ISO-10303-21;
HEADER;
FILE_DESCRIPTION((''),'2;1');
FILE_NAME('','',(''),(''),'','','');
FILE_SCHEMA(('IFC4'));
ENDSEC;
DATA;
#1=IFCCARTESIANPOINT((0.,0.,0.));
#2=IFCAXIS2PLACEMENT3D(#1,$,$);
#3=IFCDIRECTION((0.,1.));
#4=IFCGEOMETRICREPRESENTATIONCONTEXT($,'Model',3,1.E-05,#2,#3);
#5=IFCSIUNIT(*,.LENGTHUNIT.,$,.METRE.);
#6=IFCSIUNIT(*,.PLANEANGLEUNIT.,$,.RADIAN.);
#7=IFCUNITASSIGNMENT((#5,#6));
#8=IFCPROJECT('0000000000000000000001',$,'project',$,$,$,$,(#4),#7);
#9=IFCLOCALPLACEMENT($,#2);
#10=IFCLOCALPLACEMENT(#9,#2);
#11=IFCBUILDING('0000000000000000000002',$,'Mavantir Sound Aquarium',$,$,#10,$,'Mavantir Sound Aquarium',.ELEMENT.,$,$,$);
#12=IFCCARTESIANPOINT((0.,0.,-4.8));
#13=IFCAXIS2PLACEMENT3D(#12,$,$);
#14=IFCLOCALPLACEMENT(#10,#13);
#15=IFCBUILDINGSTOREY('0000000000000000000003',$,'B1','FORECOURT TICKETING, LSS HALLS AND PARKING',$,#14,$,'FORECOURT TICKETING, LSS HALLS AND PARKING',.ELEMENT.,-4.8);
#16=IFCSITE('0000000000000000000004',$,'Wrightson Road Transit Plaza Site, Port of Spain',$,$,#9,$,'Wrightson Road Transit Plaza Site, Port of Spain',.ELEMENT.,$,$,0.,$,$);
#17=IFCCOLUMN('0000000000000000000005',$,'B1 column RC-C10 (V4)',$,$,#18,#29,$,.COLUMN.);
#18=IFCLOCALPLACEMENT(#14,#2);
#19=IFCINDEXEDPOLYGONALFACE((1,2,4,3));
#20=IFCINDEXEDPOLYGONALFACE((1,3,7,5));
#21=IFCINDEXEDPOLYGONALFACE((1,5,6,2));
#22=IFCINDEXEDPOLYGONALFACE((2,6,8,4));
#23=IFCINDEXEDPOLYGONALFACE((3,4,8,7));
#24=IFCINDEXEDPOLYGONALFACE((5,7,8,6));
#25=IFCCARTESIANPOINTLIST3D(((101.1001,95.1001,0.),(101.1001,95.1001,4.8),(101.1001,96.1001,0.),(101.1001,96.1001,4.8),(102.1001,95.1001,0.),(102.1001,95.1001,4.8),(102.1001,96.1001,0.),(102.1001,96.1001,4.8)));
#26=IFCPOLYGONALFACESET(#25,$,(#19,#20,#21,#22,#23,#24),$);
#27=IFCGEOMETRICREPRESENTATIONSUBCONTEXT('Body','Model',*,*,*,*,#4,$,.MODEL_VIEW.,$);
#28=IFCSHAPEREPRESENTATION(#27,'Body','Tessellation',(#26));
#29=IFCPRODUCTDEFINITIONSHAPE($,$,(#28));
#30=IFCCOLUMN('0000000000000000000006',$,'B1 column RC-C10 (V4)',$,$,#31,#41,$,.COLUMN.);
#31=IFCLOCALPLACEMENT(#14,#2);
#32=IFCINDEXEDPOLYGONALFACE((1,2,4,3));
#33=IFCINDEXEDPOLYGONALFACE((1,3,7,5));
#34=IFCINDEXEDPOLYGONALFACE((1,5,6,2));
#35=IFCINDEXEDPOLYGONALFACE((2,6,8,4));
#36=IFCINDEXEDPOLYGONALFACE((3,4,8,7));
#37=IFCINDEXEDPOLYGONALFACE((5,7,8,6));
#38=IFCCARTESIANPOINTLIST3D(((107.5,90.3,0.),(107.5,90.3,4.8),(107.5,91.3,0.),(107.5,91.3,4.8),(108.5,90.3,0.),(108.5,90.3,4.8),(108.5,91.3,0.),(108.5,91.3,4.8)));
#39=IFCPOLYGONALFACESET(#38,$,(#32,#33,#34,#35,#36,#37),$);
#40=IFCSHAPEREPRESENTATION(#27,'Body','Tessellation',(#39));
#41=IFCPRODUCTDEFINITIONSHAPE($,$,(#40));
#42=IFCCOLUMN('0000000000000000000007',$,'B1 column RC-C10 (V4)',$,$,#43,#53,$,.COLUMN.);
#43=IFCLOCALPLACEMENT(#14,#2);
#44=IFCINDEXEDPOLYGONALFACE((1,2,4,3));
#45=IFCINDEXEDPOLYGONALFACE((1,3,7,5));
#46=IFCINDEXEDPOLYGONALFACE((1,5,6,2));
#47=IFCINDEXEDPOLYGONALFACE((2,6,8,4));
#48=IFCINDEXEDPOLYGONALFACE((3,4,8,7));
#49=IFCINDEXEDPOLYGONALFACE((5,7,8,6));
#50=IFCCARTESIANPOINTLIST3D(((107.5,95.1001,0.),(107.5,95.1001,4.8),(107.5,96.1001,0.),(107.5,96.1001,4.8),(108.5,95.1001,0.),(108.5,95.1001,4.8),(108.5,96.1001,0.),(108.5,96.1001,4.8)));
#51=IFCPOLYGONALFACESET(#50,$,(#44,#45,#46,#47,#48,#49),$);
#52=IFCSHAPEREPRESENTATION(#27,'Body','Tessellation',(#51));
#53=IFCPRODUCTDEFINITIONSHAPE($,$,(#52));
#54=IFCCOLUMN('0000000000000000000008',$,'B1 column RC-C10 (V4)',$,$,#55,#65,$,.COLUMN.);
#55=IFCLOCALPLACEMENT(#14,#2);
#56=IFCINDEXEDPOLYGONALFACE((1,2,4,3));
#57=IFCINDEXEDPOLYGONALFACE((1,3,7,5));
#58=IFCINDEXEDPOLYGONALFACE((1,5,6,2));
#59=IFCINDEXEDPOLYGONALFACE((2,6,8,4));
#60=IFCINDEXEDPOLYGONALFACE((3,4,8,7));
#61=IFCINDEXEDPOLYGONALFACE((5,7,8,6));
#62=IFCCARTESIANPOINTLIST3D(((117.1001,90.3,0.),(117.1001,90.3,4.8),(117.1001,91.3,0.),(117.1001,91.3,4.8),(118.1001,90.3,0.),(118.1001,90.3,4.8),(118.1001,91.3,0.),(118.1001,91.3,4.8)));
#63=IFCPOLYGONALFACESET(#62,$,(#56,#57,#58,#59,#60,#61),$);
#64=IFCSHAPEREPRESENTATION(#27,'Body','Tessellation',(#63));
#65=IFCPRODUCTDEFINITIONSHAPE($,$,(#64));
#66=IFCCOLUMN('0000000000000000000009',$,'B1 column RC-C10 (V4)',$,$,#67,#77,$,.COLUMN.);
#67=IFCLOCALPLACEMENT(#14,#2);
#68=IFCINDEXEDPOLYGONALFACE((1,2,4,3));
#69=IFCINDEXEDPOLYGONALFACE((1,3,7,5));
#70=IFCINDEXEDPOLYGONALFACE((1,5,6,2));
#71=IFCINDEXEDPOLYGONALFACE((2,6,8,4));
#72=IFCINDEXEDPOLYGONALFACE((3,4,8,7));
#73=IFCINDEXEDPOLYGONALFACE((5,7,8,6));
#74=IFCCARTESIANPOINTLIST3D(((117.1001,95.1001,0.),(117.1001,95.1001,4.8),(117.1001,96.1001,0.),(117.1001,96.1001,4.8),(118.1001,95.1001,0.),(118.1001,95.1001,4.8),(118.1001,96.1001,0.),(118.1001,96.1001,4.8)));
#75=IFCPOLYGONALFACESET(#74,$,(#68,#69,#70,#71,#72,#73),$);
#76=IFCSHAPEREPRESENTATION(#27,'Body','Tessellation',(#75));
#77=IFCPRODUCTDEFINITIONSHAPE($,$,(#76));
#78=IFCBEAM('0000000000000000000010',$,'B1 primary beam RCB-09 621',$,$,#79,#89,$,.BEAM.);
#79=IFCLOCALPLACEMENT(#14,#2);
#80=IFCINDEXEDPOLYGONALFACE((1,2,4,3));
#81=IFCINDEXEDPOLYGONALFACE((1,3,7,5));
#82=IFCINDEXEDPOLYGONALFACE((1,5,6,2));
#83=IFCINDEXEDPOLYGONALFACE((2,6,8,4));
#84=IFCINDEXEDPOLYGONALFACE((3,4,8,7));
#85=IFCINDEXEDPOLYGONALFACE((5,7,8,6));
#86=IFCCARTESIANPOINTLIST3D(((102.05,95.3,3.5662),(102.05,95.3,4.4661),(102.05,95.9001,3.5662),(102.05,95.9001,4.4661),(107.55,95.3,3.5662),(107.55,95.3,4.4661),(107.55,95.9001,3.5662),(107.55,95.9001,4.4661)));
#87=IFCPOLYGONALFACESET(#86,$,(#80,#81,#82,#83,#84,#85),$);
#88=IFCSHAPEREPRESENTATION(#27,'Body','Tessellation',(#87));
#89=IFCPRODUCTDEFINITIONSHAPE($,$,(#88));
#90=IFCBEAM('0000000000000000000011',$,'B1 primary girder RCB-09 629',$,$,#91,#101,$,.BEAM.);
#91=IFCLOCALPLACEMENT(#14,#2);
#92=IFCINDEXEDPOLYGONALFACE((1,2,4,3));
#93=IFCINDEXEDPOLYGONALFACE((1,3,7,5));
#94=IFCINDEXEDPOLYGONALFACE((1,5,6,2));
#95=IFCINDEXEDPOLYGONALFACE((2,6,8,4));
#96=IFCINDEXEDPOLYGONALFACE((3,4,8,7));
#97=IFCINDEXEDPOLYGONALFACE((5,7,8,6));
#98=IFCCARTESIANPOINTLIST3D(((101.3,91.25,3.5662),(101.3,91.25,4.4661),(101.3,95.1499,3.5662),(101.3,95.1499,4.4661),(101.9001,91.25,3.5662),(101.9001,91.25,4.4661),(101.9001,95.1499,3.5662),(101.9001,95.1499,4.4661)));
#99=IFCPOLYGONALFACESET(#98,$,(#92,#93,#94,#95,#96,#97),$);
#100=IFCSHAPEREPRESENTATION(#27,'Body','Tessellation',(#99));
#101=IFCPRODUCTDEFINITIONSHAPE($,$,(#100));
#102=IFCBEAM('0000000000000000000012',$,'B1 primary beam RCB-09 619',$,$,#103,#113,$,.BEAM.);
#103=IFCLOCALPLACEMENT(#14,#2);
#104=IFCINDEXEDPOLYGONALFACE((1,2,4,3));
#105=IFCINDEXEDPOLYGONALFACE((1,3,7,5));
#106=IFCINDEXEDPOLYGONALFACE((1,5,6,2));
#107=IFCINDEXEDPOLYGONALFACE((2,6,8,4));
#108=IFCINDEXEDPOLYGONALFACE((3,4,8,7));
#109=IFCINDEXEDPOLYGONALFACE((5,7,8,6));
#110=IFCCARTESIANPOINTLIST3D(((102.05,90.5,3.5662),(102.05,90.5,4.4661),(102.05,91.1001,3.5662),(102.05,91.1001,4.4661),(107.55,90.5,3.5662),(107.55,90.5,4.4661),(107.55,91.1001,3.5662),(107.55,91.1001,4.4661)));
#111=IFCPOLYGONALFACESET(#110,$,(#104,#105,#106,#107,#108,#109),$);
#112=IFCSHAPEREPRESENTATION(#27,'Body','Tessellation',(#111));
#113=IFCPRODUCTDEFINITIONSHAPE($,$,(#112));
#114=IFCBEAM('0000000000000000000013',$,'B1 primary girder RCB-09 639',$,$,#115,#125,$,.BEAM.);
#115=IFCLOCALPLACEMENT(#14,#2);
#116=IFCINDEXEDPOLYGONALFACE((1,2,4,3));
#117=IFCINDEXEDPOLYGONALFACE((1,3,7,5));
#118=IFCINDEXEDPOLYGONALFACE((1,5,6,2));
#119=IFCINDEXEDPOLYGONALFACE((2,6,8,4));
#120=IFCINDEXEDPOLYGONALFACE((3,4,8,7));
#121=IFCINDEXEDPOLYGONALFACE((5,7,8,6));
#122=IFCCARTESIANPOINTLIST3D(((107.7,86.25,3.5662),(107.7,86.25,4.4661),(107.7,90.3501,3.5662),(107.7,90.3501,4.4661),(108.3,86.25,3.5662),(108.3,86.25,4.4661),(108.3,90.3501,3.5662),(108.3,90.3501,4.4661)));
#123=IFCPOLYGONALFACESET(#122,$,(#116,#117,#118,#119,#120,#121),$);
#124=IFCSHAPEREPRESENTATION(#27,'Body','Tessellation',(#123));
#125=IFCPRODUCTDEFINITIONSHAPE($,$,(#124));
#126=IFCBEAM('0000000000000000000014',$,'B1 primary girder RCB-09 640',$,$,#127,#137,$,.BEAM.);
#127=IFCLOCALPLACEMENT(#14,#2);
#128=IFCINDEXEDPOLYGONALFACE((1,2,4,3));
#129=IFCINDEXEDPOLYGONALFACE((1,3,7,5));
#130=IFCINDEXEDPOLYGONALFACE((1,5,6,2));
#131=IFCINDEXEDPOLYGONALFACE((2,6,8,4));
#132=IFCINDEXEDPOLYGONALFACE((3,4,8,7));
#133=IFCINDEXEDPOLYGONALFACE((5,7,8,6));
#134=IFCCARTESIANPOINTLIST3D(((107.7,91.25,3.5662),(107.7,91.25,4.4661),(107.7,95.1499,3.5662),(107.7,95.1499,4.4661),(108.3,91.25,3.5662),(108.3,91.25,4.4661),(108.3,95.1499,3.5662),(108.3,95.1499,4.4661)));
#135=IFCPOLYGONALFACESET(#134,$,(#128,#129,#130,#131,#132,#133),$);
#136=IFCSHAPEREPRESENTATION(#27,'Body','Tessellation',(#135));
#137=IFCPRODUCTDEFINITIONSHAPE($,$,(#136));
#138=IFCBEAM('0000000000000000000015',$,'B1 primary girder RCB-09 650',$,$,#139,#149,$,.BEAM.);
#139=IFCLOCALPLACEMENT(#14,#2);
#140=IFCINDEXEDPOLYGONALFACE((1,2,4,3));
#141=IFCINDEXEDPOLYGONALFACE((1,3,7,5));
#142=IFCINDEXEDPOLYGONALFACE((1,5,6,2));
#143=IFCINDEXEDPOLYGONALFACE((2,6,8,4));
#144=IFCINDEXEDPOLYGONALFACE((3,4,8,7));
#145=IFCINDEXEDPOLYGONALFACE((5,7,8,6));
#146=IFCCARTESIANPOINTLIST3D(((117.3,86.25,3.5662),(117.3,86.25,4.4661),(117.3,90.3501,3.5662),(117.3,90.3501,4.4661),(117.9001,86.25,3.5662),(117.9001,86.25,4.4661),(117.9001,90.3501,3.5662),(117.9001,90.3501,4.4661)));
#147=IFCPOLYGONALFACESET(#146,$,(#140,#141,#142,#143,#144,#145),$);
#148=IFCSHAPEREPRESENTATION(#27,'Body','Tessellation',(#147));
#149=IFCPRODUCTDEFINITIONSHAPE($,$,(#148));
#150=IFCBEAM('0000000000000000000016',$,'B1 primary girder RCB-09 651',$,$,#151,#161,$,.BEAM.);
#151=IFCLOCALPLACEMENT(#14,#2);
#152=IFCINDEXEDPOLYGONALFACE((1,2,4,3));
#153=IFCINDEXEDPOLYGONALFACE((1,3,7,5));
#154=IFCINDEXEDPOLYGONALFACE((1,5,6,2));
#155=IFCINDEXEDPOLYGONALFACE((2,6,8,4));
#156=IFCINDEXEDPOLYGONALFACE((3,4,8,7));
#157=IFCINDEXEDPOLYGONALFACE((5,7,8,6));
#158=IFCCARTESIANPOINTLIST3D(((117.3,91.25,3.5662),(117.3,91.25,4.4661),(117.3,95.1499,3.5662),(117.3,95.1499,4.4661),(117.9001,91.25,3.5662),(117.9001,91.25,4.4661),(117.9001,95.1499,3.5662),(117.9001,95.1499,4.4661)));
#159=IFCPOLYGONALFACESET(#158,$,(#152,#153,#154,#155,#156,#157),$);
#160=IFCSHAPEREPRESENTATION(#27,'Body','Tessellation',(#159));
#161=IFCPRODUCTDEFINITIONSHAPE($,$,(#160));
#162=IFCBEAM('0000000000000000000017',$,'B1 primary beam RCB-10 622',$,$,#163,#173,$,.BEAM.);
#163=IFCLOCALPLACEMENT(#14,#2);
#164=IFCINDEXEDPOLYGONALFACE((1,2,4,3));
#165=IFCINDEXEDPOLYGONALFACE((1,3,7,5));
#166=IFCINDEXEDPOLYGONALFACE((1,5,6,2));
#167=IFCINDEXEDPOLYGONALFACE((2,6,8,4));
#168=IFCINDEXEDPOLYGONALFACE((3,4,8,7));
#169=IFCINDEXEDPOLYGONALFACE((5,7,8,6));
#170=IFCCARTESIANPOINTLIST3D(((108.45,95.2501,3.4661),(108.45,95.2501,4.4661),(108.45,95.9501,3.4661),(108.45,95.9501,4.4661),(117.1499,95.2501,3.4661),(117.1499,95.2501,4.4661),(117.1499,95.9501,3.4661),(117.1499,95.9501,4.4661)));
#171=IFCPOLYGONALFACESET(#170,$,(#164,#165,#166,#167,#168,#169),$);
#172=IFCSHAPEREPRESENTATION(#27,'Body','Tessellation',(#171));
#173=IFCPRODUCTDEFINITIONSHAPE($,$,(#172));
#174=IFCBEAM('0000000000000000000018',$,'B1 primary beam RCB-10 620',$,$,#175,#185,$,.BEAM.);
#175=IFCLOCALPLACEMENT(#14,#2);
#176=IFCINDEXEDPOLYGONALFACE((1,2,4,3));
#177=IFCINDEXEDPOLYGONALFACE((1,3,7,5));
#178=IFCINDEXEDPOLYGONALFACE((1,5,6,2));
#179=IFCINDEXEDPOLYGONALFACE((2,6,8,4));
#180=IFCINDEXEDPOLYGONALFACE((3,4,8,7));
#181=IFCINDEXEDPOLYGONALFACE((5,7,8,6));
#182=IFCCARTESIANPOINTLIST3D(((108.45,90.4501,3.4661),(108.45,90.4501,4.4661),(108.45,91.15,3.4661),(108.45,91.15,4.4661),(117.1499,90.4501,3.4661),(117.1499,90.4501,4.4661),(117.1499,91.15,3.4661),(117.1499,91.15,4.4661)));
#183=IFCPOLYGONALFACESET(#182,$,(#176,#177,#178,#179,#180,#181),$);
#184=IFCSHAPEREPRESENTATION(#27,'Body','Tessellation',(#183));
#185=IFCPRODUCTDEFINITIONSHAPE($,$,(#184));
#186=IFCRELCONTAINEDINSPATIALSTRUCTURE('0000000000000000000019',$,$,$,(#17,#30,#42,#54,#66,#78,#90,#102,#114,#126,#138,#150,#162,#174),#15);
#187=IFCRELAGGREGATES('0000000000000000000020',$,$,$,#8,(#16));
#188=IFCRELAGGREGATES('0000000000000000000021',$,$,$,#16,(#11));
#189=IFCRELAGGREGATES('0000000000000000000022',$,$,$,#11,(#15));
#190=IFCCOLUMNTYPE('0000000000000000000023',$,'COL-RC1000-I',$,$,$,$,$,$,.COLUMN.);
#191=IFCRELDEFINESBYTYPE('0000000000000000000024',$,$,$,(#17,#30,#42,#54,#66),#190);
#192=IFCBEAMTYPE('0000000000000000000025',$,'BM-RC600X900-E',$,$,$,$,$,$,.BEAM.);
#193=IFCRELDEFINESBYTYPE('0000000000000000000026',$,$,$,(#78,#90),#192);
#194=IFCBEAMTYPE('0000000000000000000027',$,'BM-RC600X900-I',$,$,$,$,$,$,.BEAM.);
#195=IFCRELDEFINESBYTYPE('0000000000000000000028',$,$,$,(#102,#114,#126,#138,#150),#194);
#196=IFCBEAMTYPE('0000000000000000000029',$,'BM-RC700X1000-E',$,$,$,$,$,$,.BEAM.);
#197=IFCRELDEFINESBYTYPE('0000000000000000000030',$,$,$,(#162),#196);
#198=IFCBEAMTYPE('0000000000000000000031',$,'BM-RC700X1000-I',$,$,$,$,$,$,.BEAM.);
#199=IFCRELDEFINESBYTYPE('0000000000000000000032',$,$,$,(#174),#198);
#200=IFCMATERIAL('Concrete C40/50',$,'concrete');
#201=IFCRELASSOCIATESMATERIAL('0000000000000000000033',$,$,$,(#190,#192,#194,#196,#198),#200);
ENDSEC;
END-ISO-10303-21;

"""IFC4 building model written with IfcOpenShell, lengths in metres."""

from ifc_helpers import new_model, si_unit, direction, frame, origin, origin_2d, place, context, subcontext, project, spatial, rectangle, extrude, material, material_profile, profile_set, type_object, element, save


model = new_model("IFC4")

# Units and contexts
model_context = context("Model", 3, precision=1e-05, world=origin(), true_north=direction((0.0, 1.0)))
body_context = subcontext(model_context, "Body", "Model", "MODEL_VIEW")
ifc_project = project(units=[si_unit("LENGTHUNIT", "METRE"), si_unit("PLANEANGLEUNIT", "RADIAN")], contexts=[model_context])

# Site, building, storey
site_placement = place(None, origin())
site = spatial("IfcSite", under=ifc_project, at=site_placement, Name="Wrightson Road Transit Plaza Site, Port of Spain", LongName="Wrightson Road Transit Plaza Site, Port of Spain", CompositionType="ELEMENT", RefElevation=0.0)
building_placement = place(site_placement, origin())
building = spatial("IfcBuilding", under=site, at=building_placement, Name="Mavantir Sound Aquarium", LongName="Mavantir Sound Aquarium", CompositionType="ELEMENT")
storey_placement = place(building_placement, frame((0.0, 0.0, -4.8)))
storey = spatial("IfcBuildingStorey", under=building, at=storey_placement, Name="B1", Description="FORECOURT TICKETING, LSS HALLS AND PARKING", LongName="FORECOURT TICKETING, LSS HALLS AND PARKING", CompositionType="ELEMENT", Elevation=-4.8)

# Columns
ifc_material_1 = material(Name="Concrete C40/50", Category="concrete")
ifc_material_profile_1 = material_profile(ifc_material_1, rectangle(XDim=1.0, YDim=1.0, at=origin_2d()), Name="RC 1000X1000")
ifc_profile_set_1 = profile_set([ifc_material_profile_1], Name="Concrete C40/50")
column_type = type_object("IfcColumnType", Name="COL-RC1000-I", PredefinedType="COLUMN", material=ifc_profile_set_1)
for number, where, z_axis, x_axis, name in (
    (1, (101.6001, 95.6001, 0.0), (0.0, 0.0, 1.0), (1.0, 0.0, 0.0), "B1 column RC-C10 (V4)"),
    (2, (108.0, 90.8, 0.0), (0.0, 0.0, 1.0), (1.0, 0.0, 0.0), "B1 column RC-C10 (V4)"),
    (3, (108.0, 95.6001, 0.0), (0.0, 0.0, 1.0), (1.0, 0.0, 0.0), "B1 column RC-C10 (V4)"),
    (4, (117.6001, 90.8, 0.0), (0.0, 0.0, 1.0), (1.0, 0.0, 0.0), "B1 column RC-C10 (V4)"),
    (5, (117.6001, 95.6001, 0.0), (0.0, 0.0, 1.0), (1.0, 0.0, 0.0), "B1 column RC-C10 (V4)"),
):
    element("IfcColumn", number, at=place(storey_placement, frame(where, z_axis=z_axis, x_axis=x_axis)), inside=storey, type_object=column_type, Name=name, PredefinedType="COLUMN", context=body_context, shape_type="SweptSolid", body=[
        extrude(rectangle(XDim=1.0, YDim=1.0, at=origin_2d()), origin(), (0.0, 0.0, 1.0), 4.8),
    ])

# Beams
ifc_material_profile_2 = material_profile(ifc_material_1, rectangle(XDim=0.6001, YDim=0.8999, at=origin_2d()), Name="RC 600X900")
ifc_profile_set_2 = profile_set([ifc_material_profile_2], Name="Concrete C40/50")
beam_type_1 = type_object("IfcBeamType", Name="BM-RC600X900-E", PredefinedType="BEAM", material=ifc_profile_set_2)
beam_1_placement = place(storey_placement, frame((102.05, 95.6001, 4.0161), z_axis=(1.0, 0.0, 0.0), x_axis=(0.0, 1.0, 0.0)))
element("IfcBeam", 6, at=beam_1_placement, inside=storey, type_object=beam_type_1, Name="B1 primary beam RCB-09 621", PredefinedType="BEAM", context=body_context, shape_type="SweptSolid", body=[
    extrude(rectangle(XDim=0.6001, YDim=0.8999, at=origin_2d()), origin(), (0.0, 0.0, 1.0), 5.5),
])
beam_2_placement = place(storey_placement, frame((101.6001, 91.25, 4.0161), z_axis=(0.0, 1.0, 0.0), x_axis=(-1.0, 0.0, 0.0)))
element("IfcBeam", 7, at=beam_2_placement, inside=storey, type_object=beam_type_1, Name="B1 primary girder RCB-09 629", PredefinedType="BEAM", context=body_context, shape_type="SweptSolid", body=[
    extrude(rectangle(XDim=0.6001, YDim=0.8999, at=origin_2d()), origin(), (0.0, 0.0, 1.0), 3.8999),
])
ifc_material_profile_3 = material_profile(ifc_material_1, rectangle(XDim=0.6001, YDim=0.8999, at=origin_2d()), Name="RC 600X900")
ifc_profile_set_3 = profile_set([ifc_material_profile_3], Name="Concrete C40/50")
beam_type_2 = type_object("IfcBeamType", Name="BM-RC600X900-I", PredefinedType="BEAM", material=ifc_profile_set_3)
beam_3_placement = place(storey_placement, frame((102.05, 90.8, 4.0161), z_axis=(1.0, 0.0, 0.0), x_axis=(0.0, 1.0, 0.0)))
element("IfcBeam", 8, at=beam_3_placement, inside=storey, type_object=beam_type_2, Name="B1 primary beam RCB-09 619", PredefinedType="BEAM", context=body_context, shape_type="SweptSolid", body=[
    extrude(rectangle(XDim=0.6001, YDim=0.8999, at=origin_2d()), origin(), (0.0, 0.0, 1.0), 5.5),
])
beam_4_placement = place(storey_placement, frame((108.0, 86.25, 4.0161), z_axis=(0.0, 1.0, 0.0), x_axis=(-1.0, 0.0, 0.0)))
element("IfcBeam", 9, at=beam_4_placement, inside=storey, type_object=beam_type_2, Name="B1 primary girder RCB-09 639", PredefinedType="BEAM", context=body_context, shape_type="SweptSolid", body=[
    extrude(rectangle(XDim=0.6001, YDim=0.8999, at=origin_2d()), origin(), (0.0, 0.0, 1.0), 4.1001),
])
beam_5_placement = place(storey_placement, frame((108.0, 91.25, 4.0161), z_axis=(0.0, 1.0, 0.0), x_axis=(-1.0, 0.0, 0.0)))
element("IfcBeam", 10, at=beam_5_placement, inside=storey, type_object=beam_type_2, Name="B1 primary girder RCB-09 640", PredefinedType="BEAM", context=body_context, shape_type="SweptSolid", body=[
    extrude(rectangle(XDim=0.6001, YDim=0.8999, at=origin_2d()), origin(), (0.0, 0.0, 1.0), 3.8999),
])
beam_6_placement = place(storey_placement, frame((117.6001, 86.25, 4.0161), z_axis=(0.0, 1.0, 0.0), x_axis=(-1.0, 0.0, 0.0)))
element("IfcBeam", 11, at=beam_6_placement, inside=storey, type_object=beam_type_2, Name="B1 primary girder RCB-09 650", PredefinedType="BEAM", context=body_context, shape_type="SweptSolid", body=[
    extrude(rectangle(XDim=0.6001, YDim=0.8999, at=origin_2d()), origin(), (0.0, 0.0, 1.0), 4.1001),
])
beam_7_placement = place(storey_placement, frame((117.6001, 91.25, 4.0161), z_axis=(0.0, 1.0, 0.0), x_axis=(-1.0, 0.0, 0.0)))
element("IfcBeam", 12, at=beam_7_placement, inside=storey, type_object=beam_type_2, Name="B1 primary girder RCB-09 651", PredefinedType="BEAM", context=body_context, shape_type="SweptSolid", body=[
    extrude(rectangle(XDim=0.6001, YDim=0.8999, at=origin_2d()), origin(), (0.0, 0.0, 1.0), 3.8999),
])
ifc_material_profile_4 = material_profile(ifc_material_1, rectangle(XDim=0.7, YDim=1.0, at=origin_2d()), Name="RC 700X1000")
ifc_profile_set_4 = profile_set([ifc_material_profile_4], Name="Concrete C40/50")
beam_type_3 = type_object("IfcBeamType", Name="BM-RC700X1000-E", PredefinedType="BEAM", material=ifc_profile_set_4)
beam_8_placement = place(storey_placement, frame((108.45, 95.6001, 3.9661), z_axis=(1.0, 0.0, 0.0), x_axis=(0.0, 1.0, 0.0)))
element("IfcBeam", 13, at=beam_8_placement, inside=storey, type_object=beam_type_3, Name="B1 primary beam RCB-10 622", PredefinedType="BEAM", context=body_context, shape_type="SweptSolid", body=[
    extrude(rectangle(XDim=0.7, YDim=1.0, at=origin_2d()), origin(), (0.0, 0.0, 1.0), 8.7),
])
ifc_material_profile_5 = material_profile(ifc_material_1, rectangle(XDim=0.7, YDim=1.0, at=origin_2d()), Name="RC 700X1000")
ifc_profile_set_5 = profile_set([ifc_material_profile_5], Name="Concrete C40/50")
beam_type_4 = type_object("IfcBeamType", Name="BM-RC700X1000-I", PredefinedType="BEAM", material=ifc_profile_set_5)
beam_9_placement = place(storey_placement, frame((108.45, 90.8, 3.9661), z_axis=(1.0, 0.0, 0.0), x_axis=(0.0, 1.0, 0.0)))
element("IfcBeam", 14, at=beam_9_placement, inside=storey, type_object=beam_type_4, Name="B1 primary beam RCB-10 620", PredefinedType="BEAM", context=body_context, shape_type="SweptSolid", body=[
    extrude(rectangle(XDim=0.7, YDim=1.0, at=origin_2d()), origin(), (0.0, 0.0, 1.0), 8.7),
])

save(model, "model.ifc")
